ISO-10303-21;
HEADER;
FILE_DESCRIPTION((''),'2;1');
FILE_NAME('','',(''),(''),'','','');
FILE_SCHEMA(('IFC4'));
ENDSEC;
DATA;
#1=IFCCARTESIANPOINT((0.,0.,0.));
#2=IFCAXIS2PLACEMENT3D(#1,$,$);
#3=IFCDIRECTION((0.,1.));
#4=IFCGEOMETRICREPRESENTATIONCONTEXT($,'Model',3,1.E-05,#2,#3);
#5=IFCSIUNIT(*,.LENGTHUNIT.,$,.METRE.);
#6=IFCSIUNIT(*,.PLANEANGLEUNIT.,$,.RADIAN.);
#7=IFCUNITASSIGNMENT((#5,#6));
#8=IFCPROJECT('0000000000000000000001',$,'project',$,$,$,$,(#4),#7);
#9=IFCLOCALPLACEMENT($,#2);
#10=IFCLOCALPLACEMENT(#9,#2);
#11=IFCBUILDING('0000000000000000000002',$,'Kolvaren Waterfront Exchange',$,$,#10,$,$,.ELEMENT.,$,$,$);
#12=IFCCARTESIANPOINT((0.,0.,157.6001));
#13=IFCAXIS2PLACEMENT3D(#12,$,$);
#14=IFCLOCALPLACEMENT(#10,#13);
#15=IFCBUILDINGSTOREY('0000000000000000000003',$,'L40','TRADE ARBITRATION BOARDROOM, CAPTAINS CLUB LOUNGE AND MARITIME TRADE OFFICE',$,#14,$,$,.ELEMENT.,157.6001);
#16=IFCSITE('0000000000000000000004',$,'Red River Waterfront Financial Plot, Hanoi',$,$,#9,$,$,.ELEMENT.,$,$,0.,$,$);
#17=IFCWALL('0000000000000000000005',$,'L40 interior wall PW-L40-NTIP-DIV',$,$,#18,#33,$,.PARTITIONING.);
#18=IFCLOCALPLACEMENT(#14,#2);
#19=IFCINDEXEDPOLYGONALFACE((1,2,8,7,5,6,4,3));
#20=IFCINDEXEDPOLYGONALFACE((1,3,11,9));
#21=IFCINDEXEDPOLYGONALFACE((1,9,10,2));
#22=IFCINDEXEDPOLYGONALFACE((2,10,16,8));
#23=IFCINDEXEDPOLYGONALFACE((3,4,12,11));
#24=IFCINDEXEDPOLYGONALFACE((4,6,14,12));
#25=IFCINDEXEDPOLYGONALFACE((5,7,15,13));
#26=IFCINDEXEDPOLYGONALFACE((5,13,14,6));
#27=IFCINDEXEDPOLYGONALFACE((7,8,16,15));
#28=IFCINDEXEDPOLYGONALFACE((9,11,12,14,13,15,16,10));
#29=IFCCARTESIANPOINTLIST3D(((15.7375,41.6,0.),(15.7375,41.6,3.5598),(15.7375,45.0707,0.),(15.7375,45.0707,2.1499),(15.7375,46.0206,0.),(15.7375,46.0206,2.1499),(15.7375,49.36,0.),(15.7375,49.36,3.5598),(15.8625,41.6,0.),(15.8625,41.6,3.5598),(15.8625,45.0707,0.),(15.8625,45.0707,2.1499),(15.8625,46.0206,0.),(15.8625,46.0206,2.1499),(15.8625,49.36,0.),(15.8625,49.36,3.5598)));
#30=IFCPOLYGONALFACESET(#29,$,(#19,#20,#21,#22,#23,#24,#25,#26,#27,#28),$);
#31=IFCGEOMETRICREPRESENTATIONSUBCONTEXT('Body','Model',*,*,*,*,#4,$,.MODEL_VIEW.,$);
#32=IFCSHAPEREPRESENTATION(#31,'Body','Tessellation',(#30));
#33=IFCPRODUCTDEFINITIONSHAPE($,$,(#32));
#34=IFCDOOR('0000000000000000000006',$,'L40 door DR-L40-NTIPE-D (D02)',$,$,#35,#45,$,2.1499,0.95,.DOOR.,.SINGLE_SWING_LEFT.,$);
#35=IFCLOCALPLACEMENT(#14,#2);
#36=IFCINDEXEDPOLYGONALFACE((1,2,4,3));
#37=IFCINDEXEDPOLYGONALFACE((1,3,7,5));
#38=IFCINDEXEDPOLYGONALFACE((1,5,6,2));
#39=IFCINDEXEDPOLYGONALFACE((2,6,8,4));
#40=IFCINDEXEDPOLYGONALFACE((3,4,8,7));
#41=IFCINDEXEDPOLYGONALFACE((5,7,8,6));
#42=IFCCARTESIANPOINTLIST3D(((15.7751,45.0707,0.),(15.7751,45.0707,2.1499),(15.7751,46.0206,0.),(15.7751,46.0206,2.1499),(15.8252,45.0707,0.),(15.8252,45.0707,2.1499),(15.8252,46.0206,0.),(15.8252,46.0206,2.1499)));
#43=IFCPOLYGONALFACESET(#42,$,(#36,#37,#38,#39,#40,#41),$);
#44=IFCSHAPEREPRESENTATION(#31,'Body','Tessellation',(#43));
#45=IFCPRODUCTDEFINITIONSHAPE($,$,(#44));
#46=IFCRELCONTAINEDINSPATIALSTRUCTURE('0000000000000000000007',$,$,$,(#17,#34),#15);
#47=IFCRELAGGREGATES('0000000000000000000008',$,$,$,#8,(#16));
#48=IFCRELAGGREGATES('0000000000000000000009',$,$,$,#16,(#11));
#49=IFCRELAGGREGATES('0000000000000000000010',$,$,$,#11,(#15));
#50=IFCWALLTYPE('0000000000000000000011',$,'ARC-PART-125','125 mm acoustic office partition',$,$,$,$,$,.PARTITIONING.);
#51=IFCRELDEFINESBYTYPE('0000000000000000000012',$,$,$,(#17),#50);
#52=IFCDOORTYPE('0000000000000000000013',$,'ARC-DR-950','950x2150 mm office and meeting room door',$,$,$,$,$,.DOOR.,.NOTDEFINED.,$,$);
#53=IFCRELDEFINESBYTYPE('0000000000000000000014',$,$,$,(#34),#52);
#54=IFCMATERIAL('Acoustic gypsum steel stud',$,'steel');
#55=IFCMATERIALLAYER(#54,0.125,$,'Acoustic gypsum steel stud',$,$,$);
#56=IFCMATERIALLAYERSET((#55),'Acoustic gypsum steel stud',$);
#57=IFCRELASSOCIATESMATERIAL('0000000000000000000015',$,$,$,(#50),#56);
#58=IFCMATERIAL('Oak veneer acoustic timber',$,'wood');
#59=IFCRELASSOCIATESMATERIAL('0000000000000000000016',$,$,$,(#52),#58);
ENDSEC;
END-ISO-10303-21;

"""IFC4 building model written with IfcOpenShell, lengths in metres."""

from ifc_helpers import new_model, si_unit, direction, frame, frame_2d, origin, place, context, subcontext, project, spatial, rectangle, extrude, material, layer, layer_set, type_object, element, fill, save


model = new_model("IFC4")

# Units and contexts
model_context = context("Model", 3, precision=1e-05, world=origin(), true_north=direction((0.0, 1.0)))
body_context = subcontext(model_context, "Body", "Model", "MODEL_VIEW")
ifc_project = project(units=[si_unit("LENGTHUNIT", "METRE"), si_unit("PLANEANGLEUNIT", "RADIAN")], contexts=[model_context])

# Site, building, storey
site_placement = place(None, origin())
site = spatial("IfcSite", under=ifc_project, at=site_placement, Name="Red River Waterfront Financial Plot, Hanoi", CompositionType="ELEMENT", RefElevation=0.0)
building_placement = place(site_placement, origin())
building = spatial("IfcBuilding", under=site, at=building_placement, Name="Kolvaren Waterfront Exchange", CompositionType="ELEMENT")
storey_placement = place(building_placement, frame((0.0, 0.0, 157.6001)))
storey = spatial("IfcBuildingStorey", under=building, at=storey_placement, Name="L40", Description="TRADE ARBITRATION BOARDROOM, CAPTAINS CLUB LOUNGE AND MARITIME TRADE OFFICE", CompositionType="ELEMENT", Elevation=157.6001)

# Wall, opening, door
ifc_material_1 = material(Name="Acoustic gypsum steel stud", Category="steel")
ifc_layer_1 = layer(ifc_material_1, 0.125, Name="Acoustic gypsum steel stud")
ifc_layer_set_1 = layer_set([ifc_layer_1], Name="Acoustic gypsum steel stud")
wall_type_1 = type_object("IfcWallType", Name="ARC-PART-125", Description="125 mm acoustic office partition", PredefinedType="PARTITIONING", material=ifc_layer_set_1)
wall_1_placement = place(storey_placement, frame((15.8, 41.6001, 0.0), z_axis=(0.0, 0.0, 1.0), x_axis=(0.0, 1.0, 0.0)))
wall_1 = element("IfcWall", 1, at=wall_1_placement, inside=storey, type_object=wall_type_1, Name="L40 interior wall PW-L40-NTIP-DIV", PredefinedType="PARTITIONING", context=body_context, shape_type="SweptSolid", body=[
    extrude(rectangle(XDim=7.76, YDim=0.125, at=frame_2d((3.8799, 0.0))), origin(), (0.0, 0.0, 1.0), 3.5598),
])
opening_1_placement = place(wall_1_placement, frame((3.4705, 0.0, 0.0)))
opening_1 = element("IfcOpeningElement", 2, at=opening_1_placement, cuts=wall_1, PredefinedType="OPENING", context=body_context, shape_type="SweptSolid", body=[
    extrude(rectangle(XDim=0.95, YDim=2.1499, at=frame_2d((0.4751, 1.075))), frame((0.0, 0.0725, 0.0), z_axis=(0.0, -1.0, 0.0), x_axis=(1.0, 0.0, 0.0)), (0.0, 0.0, 1.0), 0.145),
])
ifc_material_2 = material(Name="Oak veneer acoustic timber", Category="wood")
door_type_1 = type_object("IfcDoorType", Name="ARC-DR-950", Description="950x2150 mm office and meeting room door", OperationType="NOTDEFINED", PredefinedType="DOOR", material=ifc_material_2)
door_1_placement = place(opening_1_placement, origin())
door_1 = element("IfcDoor", 3, at=door_1_placement, inside=storey, type_object=door_type_1, Name="L40 door DR-L40-NTIPE-D (D02)", OperationType="SINGLE_SWING_LEFT", OverallHeight=2.1499, OverallWidth=0.95, PredefinedType="DOOR", context=body_context, shape_type="SweptSolid", body=[
    extrude(rectangle(XDim=0.95, YDim=2.1499, at=frame_2d((0.4751, 1.075))), frame((0.0, 0.0249, 0.0), z_axis=(0.0, -1.0, 0.0), x_axis=(1.0, 0.0, 0.0)), (0.0, 0.0, 1.0), 0.05),
])
fill(opening_1, door_1)

save(model, "model.ifc")
